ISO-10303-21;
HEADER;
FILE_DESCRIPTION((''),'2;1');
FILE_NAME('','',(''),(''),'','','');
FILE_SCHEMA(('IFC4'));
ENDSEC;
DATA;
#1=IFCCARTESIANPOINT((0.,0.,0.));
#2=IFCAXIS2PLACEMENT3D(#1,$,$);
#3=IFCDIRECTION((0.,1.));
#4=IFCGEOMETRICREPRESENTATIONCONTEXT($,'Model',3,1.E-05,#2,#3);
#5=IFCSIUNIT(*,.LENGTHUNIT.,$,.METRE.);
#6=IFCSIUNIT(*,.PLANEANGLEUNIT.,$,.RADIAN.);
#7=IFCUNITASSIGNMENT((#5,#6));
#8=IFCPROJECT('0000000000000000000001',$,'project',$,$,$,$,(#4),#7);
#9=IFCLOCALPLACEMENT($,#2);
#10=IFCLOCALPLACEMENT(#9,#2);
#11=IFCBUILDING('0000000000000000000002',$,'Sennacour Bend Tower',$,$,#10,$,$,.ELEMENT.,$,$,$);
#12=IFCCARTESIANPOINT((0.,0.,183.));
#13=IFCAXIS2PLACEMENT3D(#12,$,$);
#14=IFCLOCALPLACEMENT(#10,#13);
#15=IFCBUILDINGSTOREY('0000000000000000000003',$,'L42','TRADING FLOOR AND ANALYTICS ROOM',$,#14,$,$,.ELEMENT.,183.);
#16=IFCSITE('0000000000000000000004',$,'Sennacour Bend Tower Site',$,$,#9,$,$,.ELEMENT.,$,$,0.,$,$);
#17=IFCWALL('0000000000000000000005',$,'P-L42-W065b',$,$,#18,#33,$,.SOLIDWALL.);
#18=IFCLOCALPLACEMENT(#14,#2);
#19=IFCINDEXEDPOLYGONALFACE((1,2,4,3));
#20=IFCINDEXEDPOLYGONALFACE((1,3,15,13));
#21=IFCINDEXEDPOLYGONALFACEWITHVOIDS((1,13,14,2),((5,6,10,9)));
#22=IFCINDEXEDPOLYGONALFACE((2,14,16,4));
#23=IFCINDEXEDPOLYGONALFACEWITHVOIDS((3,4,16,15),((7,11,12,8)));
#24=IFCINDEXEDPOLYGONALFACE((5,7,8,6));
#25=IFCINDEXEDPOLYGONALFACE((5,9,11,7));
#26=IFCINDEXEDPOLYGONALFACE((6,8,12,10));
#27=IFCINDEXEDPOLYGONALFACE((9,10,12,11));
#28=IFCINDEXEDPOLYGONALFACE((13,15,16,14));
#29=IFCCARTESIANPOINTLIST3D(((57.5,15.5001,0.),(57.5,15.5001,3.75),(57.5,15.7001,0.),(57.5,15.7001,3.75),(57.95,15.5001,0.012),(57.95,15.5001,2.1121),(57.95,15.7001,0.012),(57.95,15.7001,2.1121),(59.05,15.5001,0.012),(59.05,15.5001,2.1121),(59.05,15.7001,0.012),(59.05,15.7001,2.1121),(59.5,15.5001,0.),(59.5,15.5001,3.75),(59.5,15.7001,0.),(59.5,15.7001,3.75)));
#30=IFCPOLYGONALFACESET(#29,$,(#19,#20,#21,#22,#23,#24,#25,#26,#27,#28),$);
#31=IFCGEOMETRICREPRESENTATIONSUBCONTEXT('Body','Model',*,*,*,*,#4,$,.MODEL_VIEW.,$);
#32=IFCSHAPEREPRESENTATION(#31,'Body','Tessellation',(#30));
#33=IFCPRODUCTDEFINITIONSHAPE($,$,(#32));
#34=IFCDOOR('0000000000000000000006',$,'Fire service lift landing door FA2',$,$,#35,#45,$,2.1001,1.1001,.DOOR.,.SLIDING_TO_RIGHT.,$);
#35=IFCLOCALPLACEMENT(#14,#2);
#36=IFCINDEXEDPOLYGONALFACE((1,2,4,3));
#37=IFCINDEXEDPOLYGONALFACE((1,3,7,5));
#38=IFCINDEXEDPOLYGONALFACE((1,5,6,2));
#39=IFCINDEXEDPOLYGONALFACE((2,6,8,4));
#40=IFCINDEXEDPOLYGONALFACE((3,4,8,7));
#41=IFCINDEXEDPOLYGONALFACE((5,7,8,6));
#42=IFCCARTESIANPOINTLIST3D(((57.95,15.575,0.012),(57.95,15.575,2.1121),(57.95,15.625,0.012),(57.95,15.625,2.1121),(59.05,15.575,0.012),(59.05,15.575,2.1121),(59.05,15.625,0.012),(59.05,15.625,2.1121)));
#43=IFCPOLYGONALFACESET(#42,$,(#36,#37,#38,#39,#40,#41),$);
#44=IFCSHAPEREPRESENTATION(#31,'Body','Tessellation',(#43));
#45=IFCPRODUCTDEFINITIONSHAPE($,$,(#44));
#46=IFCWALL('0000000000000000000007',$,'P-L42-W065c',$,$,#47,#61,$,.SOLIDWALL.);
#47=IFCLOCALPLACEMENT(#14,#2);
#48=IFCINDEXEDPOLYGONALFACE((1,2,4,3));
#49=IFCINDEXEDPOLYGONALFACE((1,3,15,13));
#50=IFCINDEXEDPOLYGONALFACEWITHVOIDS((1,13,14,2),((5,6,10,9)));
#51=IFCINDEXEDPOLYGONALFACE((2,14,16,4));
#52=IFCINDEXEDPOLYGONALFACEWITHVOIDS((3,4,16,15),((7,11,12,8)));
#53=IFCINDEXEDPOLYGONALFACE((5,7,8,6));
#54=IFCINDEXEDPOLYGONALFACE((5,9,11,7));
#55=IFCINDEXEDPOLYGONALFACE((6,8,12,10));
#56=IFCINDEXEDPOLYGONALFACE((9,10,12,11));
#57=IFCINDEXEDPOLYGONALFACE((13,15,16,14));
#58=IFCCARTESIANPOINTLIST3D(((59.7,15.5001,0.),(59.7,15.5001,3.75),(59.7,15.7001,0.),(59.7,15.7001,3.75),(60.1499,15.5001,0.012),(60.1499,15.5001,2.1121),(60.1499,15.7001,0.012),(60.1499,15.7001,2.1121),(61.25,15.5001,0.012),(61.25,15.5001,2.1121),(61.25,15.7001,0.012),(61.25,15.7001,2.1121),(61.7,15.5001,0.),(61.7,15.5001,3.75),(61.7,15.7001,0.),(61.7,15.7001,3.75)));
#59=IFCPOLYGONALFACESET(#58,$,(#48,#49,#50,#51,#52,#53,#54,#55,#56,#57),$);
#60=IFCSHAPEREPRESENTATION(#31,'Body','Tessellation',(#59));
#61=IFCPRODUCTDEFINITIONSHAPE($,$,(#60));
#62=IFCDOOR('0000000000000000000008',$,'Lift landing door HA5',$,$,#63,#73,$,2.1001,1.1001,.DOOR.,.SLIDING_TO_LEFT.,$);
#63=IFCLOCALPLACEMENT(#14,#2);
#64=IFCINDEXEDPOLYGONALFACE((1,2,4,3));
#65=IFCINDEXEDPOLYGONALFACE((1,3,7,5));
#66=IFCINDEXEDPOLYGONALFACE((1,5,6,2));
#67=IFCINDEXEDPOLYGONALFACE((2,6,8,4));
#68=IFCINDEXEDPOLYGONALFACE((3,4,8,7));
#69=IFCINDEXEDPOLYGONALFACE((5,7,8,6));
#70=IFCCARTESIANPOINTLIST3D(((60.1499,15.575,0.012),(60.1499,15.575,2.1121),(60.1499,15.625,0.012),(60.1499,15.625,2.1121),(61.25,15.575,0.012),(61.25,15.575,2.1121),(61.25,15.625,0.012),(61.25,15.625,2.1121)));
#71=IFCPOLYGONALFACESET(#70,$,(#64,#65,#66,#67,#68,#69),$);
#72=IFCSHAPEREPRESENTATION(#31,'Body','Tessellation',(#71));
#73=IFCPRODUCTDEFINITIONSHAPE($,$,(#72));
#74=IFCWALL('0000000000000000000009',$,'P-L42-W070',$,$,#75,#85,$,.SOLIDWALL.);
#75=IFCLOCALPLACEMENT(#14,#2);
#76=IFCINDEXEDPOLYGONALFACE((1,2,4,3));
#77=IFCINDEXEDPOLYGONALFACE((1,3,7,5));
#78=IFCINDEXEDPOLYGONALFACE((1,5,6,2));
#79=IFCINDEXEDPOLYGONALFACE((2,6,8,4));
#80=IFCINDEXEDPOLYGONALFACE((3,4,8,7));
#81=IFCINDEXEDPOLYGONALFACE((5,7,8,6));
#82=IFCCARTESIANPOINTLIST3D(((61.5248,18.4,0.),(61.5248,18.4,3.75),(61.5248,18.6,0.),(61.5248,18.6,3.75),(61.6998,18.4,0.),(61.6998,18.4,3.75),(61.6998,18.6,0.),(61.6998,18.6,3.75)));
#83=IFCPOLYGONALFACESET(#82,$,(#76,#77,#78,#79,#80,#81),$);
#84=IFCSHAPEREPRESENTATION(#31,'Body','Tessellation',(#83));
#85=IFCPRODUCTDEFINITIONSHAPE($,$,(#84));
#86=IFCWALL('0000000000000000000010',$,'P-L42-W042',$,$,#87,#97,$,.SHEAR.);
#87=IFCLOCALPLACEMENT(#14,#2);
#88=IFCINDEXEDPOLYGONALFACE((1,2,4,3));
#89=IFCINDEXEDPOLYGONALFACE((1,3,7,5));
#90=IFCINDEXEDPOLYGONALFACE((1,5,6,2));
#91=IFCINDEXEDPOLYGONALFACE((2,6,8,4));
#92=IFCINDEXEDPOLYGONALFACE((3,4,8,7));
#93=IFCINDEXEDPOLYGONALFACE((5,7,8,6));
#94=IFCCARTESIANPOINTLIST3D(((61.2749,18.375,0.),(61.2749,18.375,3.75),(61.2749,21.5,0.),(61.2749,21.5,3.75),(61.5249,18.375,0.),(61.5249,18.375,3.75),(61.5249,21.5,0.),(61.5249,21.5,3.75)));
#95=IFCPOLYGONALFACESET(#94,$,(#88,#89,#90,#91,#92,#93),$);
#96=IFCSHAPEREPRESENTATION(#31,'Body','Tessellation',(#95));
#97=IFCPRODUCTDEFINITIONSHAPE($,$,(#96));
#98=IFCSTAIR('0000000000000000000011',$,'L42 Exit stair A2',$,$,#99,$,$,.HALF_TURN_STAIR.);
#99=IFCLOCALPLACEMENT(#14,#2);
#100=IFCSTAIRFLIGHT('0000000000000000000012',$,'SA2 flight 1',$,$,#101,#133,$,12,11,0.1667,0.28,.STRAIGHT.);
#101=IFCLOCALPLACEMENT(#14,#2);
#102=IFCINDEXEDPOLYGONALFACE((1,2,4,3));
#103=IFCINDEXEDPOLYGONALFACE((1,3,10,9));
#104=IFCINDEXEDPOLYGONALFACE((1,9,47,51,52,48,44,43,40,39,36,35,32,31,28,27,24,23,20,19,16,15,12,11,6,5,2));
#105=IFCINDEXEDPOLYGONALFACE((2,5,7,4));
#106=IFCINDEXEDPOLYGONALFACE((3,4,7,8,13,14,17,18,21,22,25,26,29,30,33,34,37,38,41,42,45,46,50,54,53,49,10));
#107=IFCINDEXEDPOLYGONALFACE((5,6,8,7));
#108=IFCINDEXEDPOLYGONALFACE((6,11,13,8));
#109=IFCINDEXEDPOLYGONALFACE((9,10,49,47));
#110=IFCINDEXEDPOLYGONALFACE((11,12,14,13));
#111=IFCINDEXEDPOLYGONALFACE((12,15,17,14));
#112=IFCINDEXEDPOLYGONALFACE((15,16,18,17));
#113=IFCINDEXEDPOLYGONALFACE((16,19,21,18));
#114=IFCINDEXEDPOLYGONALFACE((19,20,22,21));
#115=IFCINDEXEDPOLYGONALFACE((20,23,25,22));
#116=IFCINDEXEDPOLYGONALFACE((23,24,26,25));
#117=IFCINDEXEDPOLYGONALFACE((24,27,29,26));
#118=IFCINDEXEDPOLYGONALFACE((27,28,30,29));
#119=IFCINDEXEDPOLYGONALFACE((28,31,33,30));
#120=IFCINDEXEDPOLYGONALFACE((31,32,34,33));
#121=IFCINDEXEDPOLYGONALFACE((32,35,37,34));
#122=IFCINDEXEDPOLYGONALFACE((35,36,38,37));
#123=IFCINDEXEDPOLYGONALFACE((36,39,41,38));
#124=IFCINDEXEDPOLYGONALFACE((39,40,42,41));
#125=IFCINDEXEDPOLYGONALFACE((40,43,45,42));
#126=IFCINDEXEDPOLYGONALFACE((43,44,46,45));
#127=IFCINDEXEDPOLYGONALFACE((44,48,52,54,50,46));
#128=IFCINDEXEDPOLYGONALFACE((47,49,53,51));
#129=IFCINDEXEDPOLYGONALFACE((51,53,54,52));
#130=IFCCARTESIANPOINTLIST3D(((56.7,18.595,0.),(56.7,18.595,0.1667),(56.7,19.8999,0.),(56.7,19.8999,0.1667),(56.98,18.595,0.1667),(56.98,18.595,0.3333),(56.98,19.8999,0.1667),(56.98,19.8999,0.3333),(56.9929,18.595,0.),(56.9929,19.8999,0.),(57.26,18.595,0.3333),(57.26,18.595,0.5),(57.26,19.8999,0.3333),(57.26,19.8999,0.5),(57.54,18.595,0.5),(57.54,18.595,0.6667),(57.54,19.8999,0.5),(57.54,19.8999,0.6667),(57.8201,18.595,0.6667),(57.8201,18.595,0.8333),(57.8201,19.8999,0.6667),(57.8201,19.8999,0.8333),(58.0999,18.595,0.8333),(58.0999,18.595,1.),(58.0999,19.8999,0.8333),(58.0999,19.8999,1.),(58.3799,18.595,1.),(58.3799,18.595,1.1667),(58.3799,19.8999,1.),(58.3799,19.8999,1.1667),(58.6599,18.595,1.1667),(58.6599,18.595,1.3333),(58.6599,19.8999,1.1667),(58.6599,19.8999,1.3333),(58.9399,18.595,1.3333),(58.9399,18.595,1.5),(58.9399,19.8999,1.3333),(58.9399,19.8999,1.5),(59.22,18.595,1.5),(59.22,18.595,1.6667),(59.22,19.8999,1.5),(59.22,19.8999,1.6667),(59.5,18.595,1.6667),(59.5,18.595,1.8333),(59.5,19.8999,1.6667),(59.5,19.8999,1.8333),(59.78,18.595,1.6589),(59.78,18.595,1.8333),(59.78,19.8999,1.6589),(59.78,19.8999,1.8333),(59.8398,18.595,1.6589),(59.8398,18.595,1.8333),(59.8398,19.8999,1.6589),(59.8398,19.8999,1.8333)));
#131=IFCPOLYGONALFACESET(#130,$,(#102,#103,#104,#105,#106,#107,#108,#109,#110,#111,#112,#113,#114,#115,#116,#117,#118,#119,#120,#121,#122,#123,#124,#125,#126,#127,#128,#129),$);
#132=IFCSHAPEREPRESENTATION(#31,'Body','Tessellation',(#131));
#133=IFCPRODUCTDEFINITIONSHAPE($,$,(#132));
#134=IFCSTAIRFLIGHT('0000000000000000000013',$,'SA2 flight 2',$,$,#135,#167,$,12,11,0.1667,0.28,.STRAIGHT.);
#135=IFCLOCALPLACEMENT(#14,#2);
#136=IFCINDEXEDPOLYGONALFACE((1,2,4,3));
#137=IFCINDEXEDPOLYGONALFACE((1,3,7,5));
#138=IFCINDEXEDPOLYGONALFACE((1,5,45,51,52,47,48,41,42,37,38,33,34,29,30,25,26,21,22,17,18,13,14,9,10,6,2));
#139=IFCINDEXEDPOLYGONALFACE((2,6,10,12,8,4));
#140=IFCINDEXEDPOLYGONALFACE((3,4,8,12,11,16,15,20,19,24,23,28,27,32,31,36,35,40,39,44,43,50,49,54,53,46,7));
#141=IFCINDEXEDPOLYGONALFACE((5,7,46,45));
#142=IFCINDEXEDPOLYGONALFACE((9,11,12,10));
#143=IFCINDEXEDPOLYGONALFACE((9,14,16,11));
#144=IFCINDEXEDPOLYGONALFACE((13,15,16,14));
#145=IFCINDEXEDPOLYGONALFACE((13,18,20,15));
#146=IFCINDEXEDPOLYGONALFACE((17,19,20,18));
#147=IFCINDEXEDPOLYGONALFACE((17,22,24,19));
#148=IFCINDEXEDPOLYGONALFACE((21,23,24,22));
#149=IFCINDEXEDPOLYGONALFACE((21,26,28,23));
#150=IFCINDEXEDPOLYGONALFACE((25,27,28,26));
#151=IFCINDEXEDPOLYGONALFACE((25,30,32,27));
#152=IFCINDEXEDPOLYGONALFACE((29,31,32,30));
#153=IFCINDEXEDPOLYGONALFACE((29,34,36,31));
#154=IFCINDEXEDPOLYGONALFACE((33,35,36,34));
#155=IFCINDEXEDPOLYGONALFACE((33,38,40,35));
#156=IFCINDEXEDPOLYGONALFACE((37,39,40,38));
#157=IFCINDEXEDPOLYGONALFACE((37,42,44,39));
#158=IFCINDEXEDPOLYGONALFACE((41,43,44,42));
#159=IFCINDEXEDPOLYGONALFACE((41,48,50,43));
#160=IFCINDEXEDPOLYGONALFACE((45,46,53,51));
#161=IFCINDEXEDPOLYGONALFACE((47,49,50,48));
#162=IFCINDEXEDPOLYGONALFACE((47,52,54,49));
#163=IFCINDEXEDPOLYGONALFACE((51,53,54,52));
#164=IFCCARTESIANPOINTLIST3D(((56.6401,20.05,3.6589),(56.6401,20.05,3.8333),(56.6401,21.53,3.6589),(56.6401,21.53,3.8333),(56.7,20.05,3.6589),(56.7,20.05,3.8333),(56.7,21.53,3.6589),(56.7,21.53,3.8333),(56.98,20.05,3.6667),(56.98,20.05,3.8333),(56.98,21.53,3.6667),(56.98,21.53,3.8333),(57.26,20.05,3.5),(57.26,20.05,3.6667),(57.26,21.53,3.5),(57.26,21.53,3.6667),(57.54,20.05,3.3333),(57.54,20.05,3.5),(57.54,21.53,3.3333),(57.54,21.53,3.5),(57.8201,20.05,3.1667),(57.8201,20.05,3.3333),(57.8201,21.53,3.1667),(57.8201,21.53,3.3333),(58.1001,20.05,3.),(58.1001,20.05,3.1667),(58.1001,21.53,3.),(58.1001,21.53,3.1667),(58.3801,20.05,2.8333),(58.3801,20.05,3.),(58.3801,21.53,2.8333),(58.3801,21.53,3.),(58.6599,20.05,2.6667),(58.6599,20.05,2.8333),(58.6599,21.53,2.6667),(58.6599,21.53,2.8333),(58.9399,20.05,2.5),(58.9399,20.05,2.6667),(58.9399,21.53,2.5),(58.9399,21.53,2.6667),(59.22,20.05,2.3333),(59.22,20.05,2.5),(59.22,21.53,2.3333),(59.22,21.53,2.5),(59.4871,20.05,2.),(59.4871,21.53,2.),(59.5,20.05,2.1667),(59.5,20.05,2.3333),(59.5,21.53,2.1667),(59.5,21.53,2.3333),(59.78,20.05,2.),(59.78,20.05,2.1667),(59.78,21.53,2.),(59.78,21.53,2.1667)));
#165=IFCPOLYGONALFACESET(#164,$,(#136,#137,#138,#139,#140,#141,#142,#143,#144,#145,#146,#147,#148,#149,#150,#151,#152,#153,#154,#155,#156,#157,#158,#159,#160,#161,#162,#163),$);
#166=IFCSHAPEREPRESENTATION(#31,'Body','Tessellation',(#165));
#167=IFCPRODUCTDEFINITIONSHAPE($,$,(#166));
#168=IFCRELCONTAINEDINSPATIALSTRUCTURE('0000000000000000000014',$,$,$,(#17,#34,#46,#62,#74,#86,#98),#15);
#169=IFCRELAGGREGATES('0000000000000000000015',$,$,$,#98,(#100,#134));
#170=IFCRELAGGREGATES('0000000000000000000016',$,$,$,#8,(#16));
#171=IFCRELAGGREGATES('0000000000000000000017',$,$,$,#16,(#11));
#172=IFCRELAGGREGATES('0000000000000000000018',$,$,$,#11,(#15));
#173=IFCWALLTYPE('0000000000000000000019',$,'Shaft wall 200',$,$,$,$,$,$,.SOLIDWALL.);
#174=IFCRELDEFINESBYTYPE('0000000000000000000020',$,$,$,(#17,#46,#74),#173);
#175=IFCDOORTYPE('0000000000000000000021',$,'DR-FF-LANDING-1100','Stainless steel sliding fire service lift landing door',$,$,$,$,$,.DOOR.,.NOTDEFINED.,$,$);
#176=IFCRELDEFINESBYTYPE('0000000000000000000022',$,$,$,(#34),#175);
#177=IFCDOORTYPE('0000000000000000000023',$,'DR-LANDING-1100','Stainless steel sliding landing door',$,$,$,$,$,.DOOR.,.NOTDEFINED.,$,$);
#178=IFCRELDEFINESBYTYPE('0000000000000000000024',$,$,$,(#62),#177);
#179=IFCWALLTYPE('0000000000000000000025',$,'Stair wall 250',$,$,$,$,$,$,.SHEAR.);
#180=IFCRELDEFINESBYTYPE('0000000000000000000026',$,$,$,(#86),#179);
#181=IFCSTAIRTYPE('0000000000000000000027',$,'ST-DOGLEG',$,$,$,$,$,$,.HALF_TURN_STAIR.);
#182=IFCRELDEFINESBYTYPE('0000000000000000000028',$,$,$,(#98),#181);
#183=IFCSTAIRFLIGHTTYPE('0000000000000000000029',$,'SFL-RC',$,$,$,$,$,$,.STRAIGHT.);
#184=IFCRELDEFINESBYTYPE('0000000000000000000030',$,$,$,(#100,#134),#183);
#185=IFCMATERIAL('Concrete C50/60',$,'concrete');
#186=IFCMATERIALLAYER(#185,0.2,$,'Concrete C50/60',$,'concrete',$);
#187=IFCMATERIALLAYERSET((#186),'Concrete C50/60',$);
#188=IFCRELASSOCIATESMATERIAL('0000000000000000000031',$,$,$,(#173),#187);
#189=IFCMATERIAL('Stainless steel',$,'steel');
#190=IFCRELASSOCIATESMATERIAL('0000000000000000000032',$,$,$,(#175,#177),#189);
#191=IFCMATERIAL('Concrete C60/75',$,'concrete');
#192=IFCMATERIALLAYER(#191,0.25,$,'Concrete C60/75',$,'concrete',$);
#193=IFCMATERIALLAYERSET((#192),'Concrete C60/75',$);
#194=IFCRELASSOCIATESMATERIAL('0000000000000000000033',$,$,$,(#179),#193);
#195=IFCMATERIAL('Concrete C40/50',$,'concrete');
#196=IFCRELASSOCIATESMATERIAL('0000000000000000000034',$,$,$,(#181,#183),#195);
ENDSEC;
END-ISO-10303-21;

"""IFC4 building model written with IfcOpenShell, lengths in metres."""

from ifc_helpers import new_model, si_unit, direction, frame, frame_2d, origin, place, context, subcontext, project, spatial, polyline, rectangle, outline, extrude, material, layer, layer_set, type_object, element, fill, aggregate, save


model = new_model("IFC4")

# Units and contexts
model_context = context("Model", 3, precision=1e-05, world=origin(), true_north=direction((0.0, 1.0)))
body_context = subcontext(model_context, "Body", "Model", "MODEL_VIEW")
ifc_project = project(units=[si_unit("LENGTHUNIT", "METRE"), si_unit("PLANEANGLEUNIT", "RADIAN")], contexts=[model_context])

# Site, building, storey
site_placement = place(None, origin())
site = spatial("IfcSite", under=ifc_project, at=site_placement, Name="Sennacour Bend Tower Site", CompositionType="ELEMENT", RefElevation=0.0)
building_placement = place(site_placement, origin())
building = spatial("IfcBuilding", under=site, at=building_placement, Name="Sennacour Bend Tower", CompositionType="ELEMENT")
storey_placement = place(building_placement, frame((0.0, 0.0, 183.0)))
storey = spatial("IfcBuildingStorey", under=building, at=storey_placement, Name="L42", Description="TRADING FLOOR AND ANALYTICS ROOM", CompositionType="ELEMENT", Elevation=183.0)

# Shared definitions
ifc_material_1 = material(Name="Concrete C50/60", Category="concrete")
ifc_layer_1 = layer(ifc_material_1, 0.2, Name="Concrete C50/60", Category="concrete")
ifc_layer_set_1 = layer_set([ifc_layer_1], Name="Concrete C50/60")
wall_type_1 = type_object("IfcWallType", Name="Shaft wall 200", PredefinedType="SOLIDWALL", material=ifc_layer_set_1)

# Walls, openings, doors
wall_1_placement = place(storey_placement, frame((57.5, 15.6001, 0.0), z_axis=(0.0, 0.0, 1.0), x_axis=(1.0, 0.0, 0.0)))
wall_1 = element("IfcWall", 1, at=wall_1_placement, inside=storey, type_object=wall_type_1, Name="P-L42-W065b", PredefinedType="SOLIDWALL", context=body_context, shape_type="SweptSolid", body=[
    extrude(rectangle(XDim=2.0, YDim=0.2, at=frame_2d((1.0, 0.0))), origin(), (0.0, 0.0, 1.0), 3.75),
])
opening_1_placement = place(wall_1_placement, frame((0.45, 0.0, 0.012)))
opening_1 = element("IfcOpeningElement", 2, at=opening_1_placement, cuts=wall_1, PredefinedType="OPENING", context=body_context, shape_type="SweptSolid", body=[
    extrude(rectangle(XDim=1.1001, YDim=2.1001, at=frame_2d((0.55, 1.05))), frame((0.0, 0.1099, 0.0), z_axis=(0.0, -1.0, 0.0), x_axis=(1.0, 0.0, 0.0)), (0.0, 0.0, 1.0), 0.22),
])
ifc_material_2 = material(Name="Stainless steel", Category="steel")
door_type_1 = type_object("IfcDoorType", Name="DR-FF-LANDING-1100", Description="Stainless steel sliding fire service lift landing door", OperationType="NOTDEFINED", PredefinedType="DOOR", material=ifc_material_2)
door_1_placement = place(opening_1_placement, origin())
door_1 = element("IfcDoor", 3, at=door_1_placement, inside=storey, type_object=door_type_1, Name="Fire service lift landing door FA2", OperationType="SLIDING_TO_RIGHT", OverallHeight=2.1001, OverallWidth=1.1001, PredefinedType="DOOR", context=body_context, shape_type="SweptSolid", body=[
    extrude(rectangle(XDim=1.1001, YDim=2.1001, at=frame_2d((0.55, 1.05))), frame((0.0, 0.0249, 0.0), z_axis=(0.0, -1.0, 0.0), x_axis=(1.0, 0.0, 0.0)), (0.0, 0.0, 1.0), 0.05),
])
fill(opening_1, door_1)
wall_2_placement = place(storey_placement, frame((59.7, 15.6001, 0.0), z_axis=(0.0, 0.0, 1.0), x_axis=(1.0, 0.0, 0.0)))
wall_2 = element("IfcWall", 4, at=wall_2_placement, inside=storey, type_object=wall_type_1, Name="P-L42-W065c", PredefinedType="SOLIDWALL", context=body_context, shape_type="SweptSolid", body=[
    extrude(rectangle(XDim=2.0, YDim=0.2, at=frame_2d((1.0, 0.0))), origin(), (0.0, 0.0, 1.0), 3.75),
])
opening_2_placement = place(wall_2_placement, frame((0.45, 0.0, 0.012)))
opening_2 = element("IfcOpeningElement", 5, at=opening_2_placement, cuts=wall_2, PredefinedType="OPENING", context=body_context, shape_type="SweptSolid", body=[
    extrude(rectangle(XDim=1.1001, YDim=2.1001, at=frame_2d((0.55, 1.05))), frame((0.0, 0.1099, 0.0), z_axis=(0.0, -1.0, 0.0), x_axis=(1.0, 0.0, 0.0)), (0.0, 0.0, 1.0), 0.22),
])
door_type_2 = type_object("IfcDoorType", Name="DR-LANDING-1100", Description="Stainless steel sliding landing door", OperationType="NOTDEFINED", PredefinedType="DOOR", material=ifc_material_2)
door_2_placement = place(opening_2_placement, origin())
door_2 = element("IfcDoor", 6, at=door_2_placement, inside=storey, type_object=door_type_2, Name="Lift landing door HA5", OperationType="SLIDING_TO_LEFT", OverallHeight=2.1001, OverallWidth=1.1001, PredefinedType="DOOR", context=body_context, shape_type="SweptSolid", body=[
    extrude(rectangle(XDim=1.1001, YDim=2.1001, at=frame_2d((0.55, 1.05))), frame((0.0, 0.0249, 0.0), z_axis=(0.0, -1.0, 0.0), x_axis=(1.0, 0.0, 0.0)), (0.0, 0.0, 1.0), 0.05),
])
fill(opening_2, door_2)

# Walls
wall_3_placement = place(storey_placement, frame((61.5249, 18.5, 0.0), z_axis=(0.0, 0.0, 1.0), x_axis=(1.0, 0.0, 0.0)))
element("IfcWall", 7, at=wall_3_placement, inside=storey, type_object=wall_type_1, Name="P-L42-W070", PredefinedType="SOLIDWALL", context=body_context, shape_type="SweptSolid", body=[
    extrude(rectangle(XDim=0.175, YDim=0.2, at=frame_2d((0.0874, 0.0))), origin(), (0.0, 0.0, 1.0), 3.75),
])
ifc_material_3 = material(Name="Concrete C60/75", Category="concrete")
ifc_layer_2 = layer(ifc_material_3, 0.25, Name="Concrete C60/75", Category="concrete")
ifc_layer_set_2 = layer_set([ifc_layer_2], Name="Concrete C60/75")
wall_type_2 = type_object("IfcWallType", Name="Stair wall 250", PredefinedType="SHEAR", material=ifc_layer_set_2)
wall_4_placement = place(storey_placement, frame((61.3999, 18.375, 0.0), z_axis=(0.0, 0.0, 1.0), x_axis=(0.0, 1.0, 0.0)))
element("IfcWall", 8, at=wall_4_placement, inside=storey, type_object=wall_type_2, Name="P-L42-W042", PredefinedType="SHEAR", context=body_context, shape_type="SweptSolid", body=[
    extrude(rectangle(XDim=3.125, YDim=0.25, at=frame_2d((1.5625, 0.0))), origin(), (0.0, 0.0, 1.0), 3.75),
])

# Stair, stair flights
ifc_material_4 = material(Name="Concrete C40/50", Category="concrete")
stair_type = type_object("IfcStairType", Name="ST-DOGLEG", PredefinedType="HALF_TURN_STAIR", material=ifc_material_4)
stair_placement = place(storey_placement, origin())
stair = element("IfcStair", 9, at=stair_placement, inside=storey, type_object=stair_type, Name="L42 Exit stair A2", PredefinedType="HALF_TURN_STAIR")
stair_flight_type = type_object("IfcStairFlightType", Name="SFL-RC", PredefinedType="STRAIGHT", material=ifc_material_4)
stair_flight_1_placement = place(storey_placement, frame((56.7, 19.2476, 0.0), z_axis=(0.0, 0.0, 1.0), x_axis=(1.0, 0.0, 0.0)))
stair_flight_1 = element("IfcStairFlight", 10, at=stair_flight_1_placement, type_object=stair_flight_type, Name="SA2 flight 1", NumberOfRisers=12, NumberOfTreads=11, PredefinedType="STRAIGHT", RiserHeight=0.1667, TreadLength=0.28, context=body_context, shape_type="SweptSolid", body=[
    extrude(outline(polyline([(0.0, 0.0), (0.0, 0.1667), (0.28, 0.1667), (0.28, 0.3333), (0.5601, 0.3333), (0.5601, 0.5), (0.8401, 0.5), (0.8401, 0.6667), (1.1201, 0.6667), (1.1201, 0.8333), (1.3999, 0.8333), (1.3999, 1.0), (1.6799, 1.0), (1.6799, 1.1667), (1.96, 1.1667), (1.96, 1.3333), (2.24, 1.3333), (2.24, 1.5), (2.52, 1.5), (2.52, 1.6667), (2.8, 1.6667), (2.8, 1.8333), (3.0801, 1.8333), (3.1399, 1.8333), (3.1399, 1.6589), (3.0801, 1.6589), (0.293, 0.0), (0.0, 0.0)])), frame((0.0, 0.6523, 0.0), z_axis=(0.0, -1.0, 0.0), x_axis=(1.0, 0.0, 0.0)), (0.0, 0.0, 1.0), 1.3049),
])
stair_flight_2_placement = place(storey_placement, frame((59.78, 20.79, 2.0), z_axis=(0.0, 0.0, 1.0), x_axis=(-1.0, 0.0, 0.0)))
stair_flight_2 = element("IfcStairFlight", 11, at=stair_flight_2_placement, type_object=stair_flight_type, Name="SA2 flight 2", NumberOfRisers=12, NumberOfTreads=11, PredefinedType="STRAIGHT", RiserHeight=0.1667, TreadLength=0.28, context=body_context, shape_type="SweptSolid", body=[
    extrude(outline(polyline([(0.0, 0.0), (0.0, 0.1667), (0.28, 0.1667), (0.28, 0.3333), (0.5601, 0.3333), (0.5601, 0.5), (0.8401, 0.5), (0.8401, 0.6667), (1.1201, 0.6667), (1.1201, 0.8333), (1.3999, 0.8333), (1.3999, 1.0), (1.6799, 1.0), (1.6799, 1.1667), (1.96, 1.1667), (1.96, 1.3333), (2.24, 1.3333), (2.24, 1.5), (2.52, 1.5), (2.52, 1.6667), (2.8, 1.6667), (2.8, 1.8333), (3.0801, 1.8333), (3.1399, 1.8333), (3.1399, 1.6589), (3.0801, 1.6589), (0.293, 0.0), (0.0, 0.0)])), frame((0.0, 0.74, 0.0), z_axis=(0.0, -1.0, 0.0), x_axis=(1.0, 0.0, 0.0)), (0.0, 0.0, 1.0), 1.48),
])
aggregate(stair, [stair_flight_1, stair_flight_2])

save(model, "model.ifc")
